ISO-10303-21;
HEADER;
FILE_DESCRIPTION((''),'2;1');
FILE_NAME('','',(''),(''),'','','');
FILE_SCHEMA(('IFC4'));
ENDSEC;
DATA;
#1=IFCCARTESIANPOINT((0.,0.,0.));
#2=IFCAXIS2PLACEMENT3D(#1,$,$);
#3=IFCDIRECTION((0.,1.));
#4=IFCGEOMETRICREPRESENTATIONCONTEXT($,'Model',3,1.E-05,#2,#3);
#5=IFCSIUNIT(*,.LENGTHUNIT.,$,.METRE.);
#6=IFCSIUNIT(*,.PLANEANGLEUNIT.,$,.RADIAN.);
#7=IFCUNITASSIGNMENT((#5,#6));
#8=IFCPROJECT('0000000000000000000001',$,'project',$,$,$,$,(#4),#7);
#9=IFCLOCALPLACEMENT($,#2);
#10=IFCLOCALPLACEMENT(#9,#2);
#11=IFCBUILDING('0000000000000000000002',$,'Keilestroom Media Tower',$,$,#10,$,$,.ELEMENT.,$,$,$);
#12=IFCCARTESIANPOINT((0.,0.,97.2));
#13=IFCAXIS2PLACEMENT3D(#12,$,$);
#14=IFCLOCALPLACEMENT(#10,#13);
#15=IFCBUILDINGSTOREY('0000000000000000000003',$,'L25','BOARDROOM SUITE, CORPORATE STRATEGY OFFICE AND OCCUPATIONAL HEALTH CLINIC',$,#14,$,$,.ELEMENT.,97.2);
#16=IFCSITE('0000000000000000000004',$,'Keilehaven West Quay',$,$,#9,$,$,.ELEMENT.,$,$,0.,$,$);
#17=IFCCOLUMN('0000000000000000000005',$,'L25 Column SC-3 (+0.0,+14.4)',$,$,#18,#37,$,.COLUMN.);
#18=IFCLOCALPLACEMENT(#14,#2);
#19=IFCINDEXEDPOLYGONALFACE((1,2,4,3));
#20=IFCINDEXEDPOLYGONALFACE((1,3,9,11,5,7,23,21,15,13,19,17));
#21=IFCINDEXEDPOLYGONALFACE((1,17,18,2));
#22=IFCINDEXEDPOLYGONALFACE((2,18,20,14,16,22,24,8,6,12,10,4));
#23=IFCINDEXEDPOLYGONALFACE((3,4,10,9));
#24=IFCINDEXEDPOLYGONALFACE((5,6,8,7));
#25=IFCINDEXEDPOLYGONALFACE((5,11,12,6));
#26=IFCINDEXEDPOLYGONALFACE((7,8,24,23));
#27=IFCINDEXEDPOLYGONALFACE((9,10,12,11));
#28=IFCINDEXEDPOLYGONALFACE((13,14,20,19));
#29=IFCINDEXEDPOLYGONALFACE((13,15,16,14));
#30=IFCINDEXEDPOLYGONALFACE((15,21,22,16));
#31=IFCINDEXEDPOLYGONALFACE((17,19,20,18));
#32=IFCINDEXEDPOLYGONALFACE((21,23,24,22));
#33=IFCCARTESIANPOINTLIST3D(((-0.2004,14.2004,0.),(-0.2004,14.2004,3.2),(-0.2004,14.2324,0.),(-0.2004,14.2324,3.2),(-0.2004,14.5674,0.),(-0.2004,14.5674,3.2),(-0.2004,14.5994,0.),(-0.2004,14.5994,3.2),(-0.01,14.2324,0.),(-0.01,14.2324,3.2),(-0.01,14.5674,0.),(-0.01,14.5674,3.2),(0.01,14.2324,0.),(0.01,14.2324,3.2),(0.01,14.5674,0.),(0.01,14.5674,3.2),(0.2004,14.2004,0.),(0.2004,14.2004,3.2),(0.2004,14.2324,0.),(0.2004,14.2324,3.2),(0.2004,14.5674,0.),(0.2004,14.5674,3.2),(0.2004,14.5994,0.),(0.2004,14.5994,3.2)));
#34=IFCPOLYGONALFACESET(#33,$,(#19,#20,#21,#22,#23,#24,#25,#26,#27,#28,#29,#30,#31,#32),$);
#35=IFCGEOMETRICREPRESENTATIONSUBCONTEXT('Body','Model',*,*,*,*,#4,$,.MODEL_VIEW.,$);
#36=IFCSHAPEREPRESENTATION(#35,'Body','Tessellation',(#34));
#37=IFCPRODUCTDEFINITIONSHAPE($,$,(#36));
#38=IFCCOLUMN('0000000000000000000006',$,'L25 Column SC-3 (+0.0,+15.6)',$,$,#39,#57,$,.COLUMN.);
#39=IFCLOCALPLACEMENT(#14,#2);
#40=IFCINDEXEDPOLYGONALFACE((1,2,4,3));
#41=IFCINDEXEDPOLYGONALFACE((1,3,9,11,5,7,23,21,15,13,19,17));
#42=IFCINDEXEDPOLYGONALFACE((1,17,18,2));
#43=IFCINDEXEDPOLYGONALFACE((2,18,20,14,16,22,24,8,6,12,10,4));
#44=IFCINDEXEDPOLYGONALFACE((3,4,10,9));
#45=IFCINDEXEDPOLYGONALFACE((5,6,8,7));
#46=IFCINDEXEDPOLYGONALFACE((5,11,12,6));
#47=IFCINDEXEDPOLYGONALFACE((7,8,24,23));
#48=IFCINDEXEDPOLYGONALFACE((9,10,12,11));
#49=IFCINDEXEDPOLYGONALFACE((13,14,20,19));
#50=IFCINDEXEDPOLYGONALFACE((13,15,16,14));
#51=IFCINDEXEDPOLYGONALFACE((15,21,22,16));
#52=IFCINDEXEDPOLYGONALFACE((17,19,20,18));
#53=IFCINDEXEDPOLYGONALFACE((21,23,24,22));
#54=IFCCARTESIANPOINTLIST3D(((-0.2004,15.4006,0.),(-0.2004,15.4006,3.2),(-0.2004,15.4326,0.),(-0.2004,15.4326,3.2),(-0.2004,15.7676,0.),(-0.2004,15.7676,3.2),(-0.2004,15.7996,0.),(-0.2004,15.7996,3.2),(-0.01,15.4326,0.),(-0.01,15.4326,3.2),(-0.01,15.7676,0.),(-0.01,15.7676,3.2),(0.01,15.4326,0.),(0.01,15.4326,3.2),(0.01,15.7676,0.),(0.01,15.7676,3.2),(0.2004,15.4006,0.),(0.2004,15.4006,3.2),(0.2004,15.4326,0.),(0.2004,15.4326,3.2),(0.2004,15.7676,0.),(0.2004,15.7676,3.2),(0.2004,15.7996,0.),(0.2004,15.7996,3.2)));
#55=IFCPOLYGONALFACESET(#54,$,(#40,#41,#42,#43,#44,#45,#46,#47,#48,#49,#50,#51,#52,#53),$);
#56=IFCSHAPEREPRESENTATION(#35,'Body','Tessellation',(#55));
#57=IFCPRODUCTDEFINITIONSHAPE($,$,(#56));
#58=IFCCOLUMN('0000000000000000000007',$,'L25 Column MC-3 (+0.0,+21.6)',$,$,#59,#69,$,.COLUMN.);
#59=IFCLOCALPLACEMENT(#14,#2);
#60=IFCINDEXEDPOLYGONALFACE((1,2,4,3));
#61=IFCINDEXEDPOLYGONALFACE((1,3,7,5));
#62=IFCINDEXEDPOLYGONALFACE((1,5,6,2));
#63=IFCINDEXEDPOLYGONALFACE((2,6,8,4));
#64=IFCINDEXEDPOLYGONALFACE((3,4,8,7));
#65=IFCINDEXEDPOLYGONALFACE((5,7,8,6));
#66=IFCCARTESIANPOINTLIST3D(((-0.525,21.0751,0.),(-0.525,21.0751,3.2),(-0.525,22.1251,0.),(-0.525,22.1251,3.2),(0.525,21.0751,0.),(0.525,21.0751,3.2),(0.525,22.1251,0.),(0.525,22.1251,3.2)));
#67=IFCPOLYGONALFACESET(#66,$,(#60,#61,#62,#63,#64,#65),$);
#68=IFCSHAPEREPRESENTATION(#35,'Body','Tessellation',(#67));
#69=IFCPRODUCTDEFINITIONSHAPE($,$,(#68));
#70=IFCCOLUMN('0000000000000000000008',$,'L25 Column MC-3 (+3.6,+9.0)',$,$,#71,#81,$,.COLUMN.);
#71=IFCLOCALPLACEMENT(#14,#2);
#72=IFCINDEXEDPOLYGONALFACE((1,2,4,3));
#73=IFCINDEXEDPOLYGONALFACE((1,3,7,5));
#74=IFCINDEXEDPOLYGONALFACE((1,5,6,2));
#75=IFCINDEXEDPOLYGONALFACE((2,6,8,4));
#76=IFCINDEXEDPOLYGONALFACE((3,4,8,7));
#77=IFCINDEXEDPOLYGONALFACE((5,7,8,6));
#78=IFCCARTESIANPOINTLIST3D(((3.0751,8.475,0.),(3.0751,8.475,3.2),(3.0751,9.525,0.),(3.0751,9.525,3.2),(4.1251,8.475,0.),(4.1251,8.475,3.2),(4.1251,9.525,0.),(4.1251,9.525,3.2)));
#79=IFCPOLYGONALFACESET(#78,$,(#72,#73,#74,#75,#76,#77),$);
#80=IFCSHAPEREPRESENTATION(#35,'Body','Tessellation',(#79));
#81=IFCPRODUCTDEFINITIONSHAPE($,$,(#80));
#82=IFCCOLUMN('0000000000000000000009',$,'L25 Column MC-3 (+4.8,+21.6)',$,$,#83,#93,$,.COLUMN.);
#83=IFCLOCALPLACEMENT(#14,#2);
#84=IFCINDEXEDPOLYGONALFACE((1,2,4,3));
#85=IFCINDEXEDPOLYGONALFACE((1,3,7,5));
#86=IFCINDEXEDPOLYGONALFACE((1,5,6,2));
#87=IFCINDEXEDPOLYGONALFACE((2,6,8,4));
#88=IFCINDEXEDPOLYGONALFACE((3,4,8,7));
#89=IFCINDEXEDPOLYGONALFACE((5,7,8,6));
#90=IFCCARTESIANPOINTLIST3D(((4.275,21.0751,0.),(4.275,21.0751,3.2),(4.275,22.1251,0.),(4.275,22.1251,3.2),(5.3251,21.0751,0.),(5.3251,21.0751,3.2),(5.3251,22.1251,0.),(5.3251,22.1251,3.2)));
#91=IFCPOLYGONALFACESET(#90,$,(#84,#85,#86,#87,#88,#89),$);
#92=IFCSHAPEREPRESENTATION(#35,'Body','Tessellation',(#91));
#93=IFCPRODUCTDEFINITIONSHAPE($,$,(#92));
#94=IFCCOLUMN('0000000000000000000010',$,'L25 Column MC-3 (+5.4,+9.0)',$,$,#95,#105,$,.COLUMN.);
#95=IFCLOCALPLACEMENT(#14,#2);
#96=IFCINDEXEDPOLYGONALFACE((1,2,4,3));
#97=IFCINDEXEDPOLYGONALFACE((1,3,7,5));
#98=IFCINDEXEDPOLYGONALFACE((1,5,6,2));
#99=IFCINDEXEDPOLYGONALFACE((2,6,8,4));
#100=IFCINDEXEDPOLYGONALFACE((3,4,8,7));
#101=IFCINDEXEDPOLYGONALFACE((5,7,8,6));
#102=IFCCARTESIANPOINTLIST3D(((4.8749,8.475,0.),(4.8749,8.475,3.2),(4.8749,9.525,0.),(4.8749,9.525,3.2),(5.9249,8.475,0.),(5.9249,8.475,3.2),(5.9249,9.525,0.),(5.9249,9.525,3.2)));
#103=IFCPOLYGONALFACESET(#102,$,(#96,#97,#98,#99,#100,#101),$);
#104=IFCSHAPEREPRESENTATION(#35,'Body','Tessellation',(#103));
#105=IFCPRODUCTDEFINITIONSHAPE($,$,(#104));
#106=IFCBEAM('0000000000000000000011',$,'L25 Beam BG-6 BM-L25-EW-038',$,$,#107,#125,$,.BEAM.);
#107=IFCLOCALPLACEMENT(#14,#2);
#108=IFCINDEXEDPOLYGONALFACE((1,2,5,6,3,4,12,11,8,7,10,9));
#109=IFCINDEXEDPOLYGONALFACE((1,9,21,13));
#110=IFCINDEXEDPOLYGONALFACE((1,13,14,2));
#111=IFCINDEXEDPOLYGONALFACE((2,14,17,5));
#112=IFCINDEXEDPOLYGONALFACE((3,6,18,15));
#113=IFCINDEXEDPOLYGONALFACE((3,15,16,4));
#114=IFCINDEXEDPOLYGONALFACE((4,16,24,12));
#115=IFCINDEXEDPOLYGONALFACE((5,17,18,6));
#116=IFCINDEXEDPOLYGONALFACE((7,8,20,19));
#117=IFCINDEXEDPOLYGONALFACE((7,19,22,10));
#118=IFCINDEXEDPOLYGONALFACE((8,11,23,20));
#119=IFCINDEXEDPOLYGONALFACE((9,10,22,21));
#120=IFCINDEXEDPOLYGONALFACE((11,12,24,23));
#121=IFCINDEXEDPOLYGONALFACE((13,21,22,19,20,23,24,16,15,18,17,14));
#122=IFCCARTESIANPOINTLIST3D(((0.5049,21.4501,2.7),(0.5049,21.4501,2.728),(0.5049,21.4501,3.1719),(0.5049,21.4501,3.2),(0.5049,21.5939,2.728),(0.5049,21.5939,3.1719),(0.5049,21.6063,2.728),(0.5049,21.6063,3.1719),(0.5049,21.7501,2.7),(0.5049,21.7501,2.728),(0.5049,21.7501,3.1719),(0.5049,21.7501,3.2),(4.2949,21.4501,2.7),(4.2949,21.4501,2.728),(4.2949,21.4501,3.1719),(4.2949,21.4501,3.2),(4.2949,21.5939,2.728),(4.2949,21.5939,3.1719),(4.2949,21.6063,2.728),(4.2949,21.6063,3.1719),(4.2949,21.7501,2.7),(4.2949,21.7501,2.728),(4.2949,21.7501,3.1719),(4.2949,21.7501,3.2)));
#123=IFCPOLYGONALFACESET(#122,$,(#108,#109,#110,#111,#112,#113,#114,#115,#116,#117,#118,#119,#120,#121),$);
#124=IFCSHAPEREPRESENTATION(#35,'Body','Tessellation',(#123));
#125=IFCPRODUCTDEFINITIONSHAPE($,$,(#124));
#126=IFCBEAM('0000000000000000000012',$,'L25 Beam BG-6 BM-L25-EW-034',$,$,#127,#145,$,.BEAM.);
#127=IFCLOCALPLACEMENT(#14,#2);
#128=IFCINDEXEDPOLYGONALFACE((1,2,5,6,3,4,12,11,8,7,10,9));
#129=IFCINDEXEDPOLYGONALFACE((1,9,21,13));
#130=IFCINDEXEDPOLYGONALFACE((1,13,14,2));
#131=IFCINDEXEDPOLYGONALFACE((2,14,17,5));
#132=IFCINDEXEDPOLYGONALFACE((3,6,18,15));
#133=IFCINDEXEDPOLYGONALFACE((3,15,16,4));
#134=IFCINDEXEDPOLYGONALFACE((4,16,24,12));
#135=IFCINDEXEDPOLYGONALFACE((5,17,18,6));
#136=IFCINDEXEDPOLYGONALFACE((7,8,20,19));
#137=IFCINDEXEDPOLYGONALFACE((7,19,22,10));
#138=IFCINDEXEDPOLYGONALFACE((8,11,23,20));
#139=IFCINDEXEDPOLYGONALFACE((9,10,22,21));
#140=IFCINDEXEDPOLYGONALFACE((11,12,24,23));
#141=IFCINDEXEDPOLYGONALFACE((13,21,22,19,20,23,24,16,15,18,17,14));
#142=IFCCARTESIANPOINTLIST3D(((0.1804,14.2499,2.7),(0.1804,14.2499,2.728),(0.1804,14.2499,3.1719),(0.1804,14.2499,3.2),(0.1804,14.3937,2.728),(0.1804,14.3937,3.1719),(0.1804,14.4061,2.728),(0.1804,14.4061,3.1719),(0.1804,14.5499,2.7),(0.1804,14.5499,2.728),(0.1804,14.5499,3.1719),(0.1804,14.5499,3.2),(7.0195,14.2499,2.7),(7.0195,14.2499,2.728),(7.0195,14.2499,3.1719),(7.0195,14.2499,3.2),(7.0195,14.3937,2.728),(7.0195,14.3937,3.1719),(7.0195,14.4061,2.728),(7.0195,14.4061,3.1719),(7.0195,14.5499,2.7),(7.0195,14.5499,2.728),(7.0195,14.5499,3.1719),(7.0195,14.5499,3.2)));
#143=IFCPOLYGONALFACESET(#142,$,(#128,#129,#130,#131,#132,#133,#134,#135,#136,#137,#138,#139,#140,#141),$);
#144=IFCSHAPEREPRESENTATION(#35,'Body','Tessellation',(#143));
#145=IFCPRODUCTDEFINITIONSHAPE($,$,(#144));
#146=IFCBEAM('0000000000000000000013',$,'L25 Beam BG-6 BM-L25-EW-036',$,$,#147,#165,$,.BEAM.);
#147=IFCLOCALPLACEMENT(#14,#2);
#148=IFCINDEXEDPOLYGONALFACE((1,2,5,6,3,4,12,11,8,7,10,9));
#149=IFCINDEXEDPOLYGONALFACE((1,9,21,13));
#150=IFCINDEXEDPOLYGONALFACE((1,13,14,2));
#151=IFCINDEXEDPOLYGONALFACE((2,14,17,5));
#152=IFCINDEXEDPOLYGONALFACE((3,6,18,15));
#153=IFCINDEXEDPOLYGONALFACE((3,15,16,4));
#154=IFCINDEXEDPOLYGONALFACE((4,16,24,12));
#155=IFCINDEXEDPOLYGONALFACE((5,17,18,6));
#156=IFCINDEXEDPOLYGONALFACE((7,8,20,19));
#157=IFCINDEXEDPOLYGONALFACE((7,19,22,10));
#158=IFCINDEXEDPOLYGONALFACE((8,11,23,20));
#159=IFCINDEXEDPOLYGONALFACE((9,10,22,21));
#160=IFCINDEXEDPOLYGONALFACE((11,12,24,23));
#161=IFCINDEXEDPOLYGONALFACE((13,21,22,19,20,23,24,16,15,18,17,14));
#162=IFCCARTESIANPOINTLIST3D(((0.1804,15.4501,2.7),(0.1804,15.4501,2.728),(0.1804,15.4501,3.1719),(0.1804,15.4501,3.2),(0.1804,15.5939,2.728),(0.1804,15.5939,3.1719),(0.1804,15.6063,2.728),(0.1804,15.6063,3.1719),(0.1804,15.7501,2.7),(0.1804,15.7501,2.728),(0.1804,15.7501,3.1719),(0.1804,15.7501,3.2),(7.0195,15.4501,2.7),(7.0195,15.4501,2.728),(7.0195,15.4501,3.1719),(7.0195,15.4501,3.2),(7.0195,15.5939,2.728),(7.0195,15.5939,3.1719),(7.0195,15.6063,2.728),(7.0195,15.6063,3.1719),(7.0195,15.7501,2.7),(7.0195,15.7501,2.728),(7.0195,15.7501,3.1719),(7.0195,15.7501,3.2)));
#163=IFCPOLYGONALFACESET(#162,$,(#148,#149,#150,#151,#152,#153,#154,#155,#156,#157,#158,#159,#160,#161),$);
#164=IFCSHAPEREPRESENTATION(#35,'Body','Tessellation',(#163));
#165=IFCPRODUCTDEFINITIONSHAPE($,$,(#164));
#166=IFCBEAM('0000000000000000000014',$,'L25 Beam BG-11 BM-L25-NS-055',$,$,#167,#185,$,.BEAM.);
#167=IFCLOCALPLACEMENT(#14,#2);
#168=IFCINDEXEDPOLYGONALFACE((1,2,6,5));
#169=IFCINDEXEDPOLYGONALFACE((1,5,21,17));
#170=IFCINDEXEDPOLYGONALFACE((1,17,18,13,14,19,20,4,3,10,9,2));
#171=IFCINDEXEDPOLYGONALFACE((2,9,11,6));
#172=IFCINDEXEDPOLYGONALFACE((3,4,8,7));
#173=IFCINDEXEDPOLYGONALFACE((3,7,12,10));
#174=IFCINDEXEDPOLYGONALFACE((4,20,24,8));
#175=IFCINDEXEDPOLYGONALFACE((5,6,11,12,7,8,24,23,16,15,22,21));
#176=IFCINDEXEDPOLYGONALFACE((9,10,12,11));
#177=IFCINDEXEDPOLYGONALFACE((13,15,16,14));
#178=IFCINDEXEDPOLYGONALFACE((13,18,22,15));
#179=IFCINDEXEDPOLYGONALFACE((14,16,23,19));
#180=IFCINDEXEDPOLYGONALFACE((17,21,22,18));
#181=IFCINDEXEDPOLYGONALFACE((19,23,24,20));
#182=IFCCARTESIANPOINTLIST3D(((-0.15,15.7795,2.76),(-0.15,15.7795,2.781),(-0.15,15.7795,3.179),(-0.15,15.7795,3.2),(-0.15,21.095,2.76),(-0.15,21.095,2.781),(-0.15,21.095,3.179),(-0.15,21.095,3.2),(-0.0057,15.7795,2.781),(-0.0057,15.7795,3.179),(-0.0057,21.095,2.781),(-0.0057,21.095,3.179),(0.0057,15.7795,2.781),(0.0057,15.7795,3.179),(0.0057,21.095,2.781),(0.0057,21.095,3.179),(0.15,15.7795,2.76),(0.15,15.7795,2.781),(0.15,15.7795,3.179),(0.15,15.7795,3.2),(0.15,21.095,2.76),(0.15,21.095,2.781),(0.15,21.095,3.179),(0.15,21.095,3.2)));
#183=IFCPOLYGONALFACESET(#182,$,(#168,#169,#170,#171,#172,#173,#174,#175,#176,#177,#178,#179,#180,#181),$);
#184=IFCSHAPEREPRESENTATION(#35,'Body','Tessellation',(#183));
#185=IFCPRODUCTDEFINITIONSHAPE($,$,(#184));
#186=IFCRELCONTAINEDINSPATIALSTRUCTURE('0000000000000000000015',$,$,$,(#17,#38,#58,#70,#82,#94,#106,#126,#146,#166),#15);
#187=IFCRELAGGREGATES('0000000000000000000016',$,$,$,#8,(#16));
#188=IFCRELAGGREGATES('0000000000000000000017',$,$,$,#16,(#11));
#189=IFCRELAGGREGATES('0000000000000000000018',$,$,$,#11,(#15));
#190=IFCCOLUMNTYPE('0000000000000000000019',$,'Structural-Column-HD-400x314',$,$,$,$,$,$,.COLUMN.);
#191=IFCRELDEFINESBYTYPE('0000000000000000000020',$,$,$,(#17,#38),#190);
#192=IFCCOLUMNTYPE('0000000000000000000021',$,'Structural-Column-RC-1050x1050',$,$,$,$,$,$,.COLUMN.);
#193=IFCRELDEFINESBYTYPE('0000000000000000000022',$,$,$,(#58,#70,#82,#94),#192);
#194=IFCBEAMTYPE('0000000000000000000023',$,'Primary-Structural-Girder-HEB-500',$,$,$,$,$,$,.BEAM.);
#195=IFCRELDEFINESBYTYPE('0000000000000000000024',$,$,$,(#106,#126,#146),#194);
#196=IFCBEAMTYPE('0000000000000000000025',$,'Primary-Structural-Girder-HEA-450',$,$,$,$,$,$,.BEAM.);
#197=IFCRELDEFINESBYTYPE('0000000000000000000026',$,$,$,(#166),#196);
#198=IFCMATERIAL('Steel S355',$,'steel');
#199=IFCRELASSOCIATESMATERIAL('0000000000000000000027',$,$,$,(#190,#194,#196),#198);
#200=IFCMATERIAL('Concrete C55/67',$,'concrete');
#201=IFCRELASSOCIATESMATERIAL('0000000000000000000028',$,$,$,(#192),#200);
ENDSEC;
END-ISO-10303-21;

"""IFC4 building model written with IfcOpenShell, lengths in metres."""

from ifc_helpers import new_model, si_unit, direction, frame, origin, origin_2d, place, context, subcontext, project, spatial, rectangle, i_section, extrude, source, transform, mapped, material, material_profile, profile_set, type_object, element, save


model = new_model("IFC4")

# Units and contexts
model_context = context("Model", 3, precision=1e-05, world=origin(), true_north=direction((0.0, 1.0)))
body_context = subcontext(model_context, "Body", "Model", "MODEL_VIEW")
ifc_project = project(units=[si_unit("LENGTHUNIT", "METRE"), si_unit("PLANEANGLEUNIT", "RADIAN")], contexts=[model_context])

# Site, building, storey
site_placement = place(None, origin())
site = spatial("IfcSite", under=ifc_project, at=site_placement, Name="Keilehaven West Quay", CompositionType="ELEMENT", RefElevation=0.0)
building_placement = place(site_placement, origin())
building = spatial("IfcBuilding", under=site, at=building_placement, Name="Keilestroom Media Tower", CompositionType="ELEMENT")
storey_placement = place(building_placement, frame((0.0, 0.0, 97.2)))
storey = spatial("IfcBuildingStorey", under=building, at=storey_placement, Name="L25", Description="BOARDROOM SUITE, CORPORATE STRATEGY OFFICE AND OCCUPATIONAL HEALTH CLINIC", CompositionType="ELEMENT", Elevation=97.2)

# Columns
ifc_material_1 = material(Name="Steel S355", Category="steel")
ifc_material_profile_1 = material_profile(ifc_material_1, i_section(OverallWidth=0.4009, OverallDepth=0.3989, WebThickness=0.02, FlangeThickness=0.032, at=origin_2d()), Name="HD 400x314")
ifc_profile_set_1 = profile_set([ifc_material_profile_1], Name="Steel S355")
column_type_1 = type_object("IfcColumnType", Name="Structural-Column-HD-400x314", PredefinedType="COLUMN", material=ifc_profile_set_1)
shared_shape_1 = source(origin(), body_context, "Body", "SweptSolid", [
    extrude(i_section(OverallWidth=0.4009, OverallDepth=0.3989, WebThickness=0.02, FlangeThickness=0.032, at=origin_2d()), origin(), (0.0, 0.0, 1.0), 3.2),
])
for number, where, z_axis, x_axis, name in (
    (1, (0.0, 14.3999, 0.0), (0.0, 0.0, 1.0), (1.0, 0.0, 0.0), "L25 Column SC-3 (+0.0,+14.4)"),
    (2, (0.0, 15.6001, 0.0), (0.0, 0.0, 1.0), (1.0, 0.0, 0.0), "L25 Column SC-3 (+0.0,+15.6)"),
):
    element("IfcColumn", number, at=place(storey_placement, frame(where, z_axis=z_axis, x_axis=x_axis)), inside=storey, type_object=column_type_1, Name=name, PredefinedType="COLUMN", context=body_context, shape_type="MappedRepresentation", body=[
        mapped(shared_shape_1, transform((0.0, 0.0, 0.0), x_axis=(1.0, 0.0, 0.0), y_axis=(0.0, 1.0, 0.0), z_axis=(0.0, 0.0, 1.0), scale=1.0)),
    ])
ifc_material_2 = material(Name="Concrete C55/67", Category="concrete")
ifc_material_profile_2 = material_profile(ifc_material_2, rectangle(XDim=1.05, YDim=1.05, at=origin_2d()), Name="RC 1050x1050")
ifc_profile_set_2 = profile_set([ifc_material_profile_2], Name="Concrete C55/67")
column_type_2 = type_object("IfcColumnType", Name="Structural-Column-RC-1050x1050", PredefinedType="COLUMN", material=ifc_profile_set_2)
shared_shape_2 = source(origin(), body_context, "Body", "SweptSolid", [
    extrude(rectangle(XDim=1.05, YDim=1.05, at=origin_2d()), origin(), (0.0, 0.0, 1.0), 3.2),
])
for number, where, z_axis, x_axis, name in (
    (3, (0.0, 21.6001, 0.0), (0.0, 0.0, 1.0), (1.0, 0.0, 0.0), "L25 Column MC-3 (+0.0,+21.6)"),
    (4, (3.6001, 9.0, 0.0), (0.0, 0.0, 1.0), (1.0, 0.0, 0.0), "L25 Column MC-3 (+3.6,+9.0)"),
    (5, (4.8, 21.6001, 0.0), (0.0, 0.0, 1.0), (1.0, 0.0, 0.0), "L25 Column MC-3 (+4.8,+21.6)"),
    (6, (5.3999, 9.0, 0.0), (0.0, 0.0, 1.0), (1.0, 0.0, 0.0), "L25 Column MC-3 (+5.4,+9.0)"),
):
    element("IfcColumn", number, at=place(storey_placement, frame(where, z_axis=z_axis, x_axis=x_axis)), inside=storey, type_object=column_type_2, Name=name, PredefinedType="COLUMN", context=body_context, shape_type="MappedRepresentation", body=[
        mapped(shared_shape_2, transform((0.0, 0.0, 0.0), x_axis=(1.0, 0.0, 0.0), y_axis=(0.0, 1.0, 0.0), z_axis=(0.0, 0.0, 1.0), scale=1.0)),
    ])

# Beams
ifc_material_profile_3 = material_profile(ifc_material_1, i_section(OverallWidth=0.3, OverallDepth=0.5, WebThickness=0.0125, FlangeThickness=0.0281, at=origin_2d()), Name="HEB 500")
ifc_profile_set_3 = profile_set([ifc_material_profile_3], Name="Steel S355")
beam_type_1 = type_object("IfcBeamType", Name="Primary-Structural-Girder-HEB-500", PredefinedType="BEAM", material=ifc_profile_set_3)
shared_shape_3 = source(origin(), body_context, "Body", "SweptSolid", [
    extrude(i_section(OverallWidth=0.3, OverallDepth=0.5, WebThickness=0.0125, FlangeThickness=0.0281, at=origin_2d()), origin(), (0.0, 0.0, 1.0), 3.79),
])
beam_1_placement = place(storey_placement, frame((0.5049, 21.6001, 2.95), z_axis=(1.0, 0.0, 0.0), x_axis=(0.0, 1.0, 0.0)))
element("IfcBeam", 7, at=beam_1_placement, inside=storey, type_object=beam_type_1, Name="L25 Beam BG-6 BM-L25-EW-038", PredefinedType="BEAM", context=body_context, shape_type="MappedRepresentation", body=[
    mapped(shared_shape_3, transform((0.0, 0.0, 0.0), x_axis=(1.0, 0.0, 0.0), y_axis=(0.0, 1.0, 0.0), z_axis=(0.0, 0.0, 1.0), scale=1.0)),
])
shared_shape_4 = source(origin(), body_context, "Body", "SweptSolid", [
    extrude(i_section(OverallWidth=0.3, OverallDepth=0.5, WebThickness=0.0125, FlangeThickness=0.0281, at=origin_2d()), origin(), (0.0, 0.0, 1.0), 6.8391),
])
for number, where, z_axis, x_axis, name in (
    (8, (0.1804, 14.3999, 2.95), (1.0, 0.0, 0.0), (0.0, 1.0, 0.0), "L25 Beam BG-6 BM-L25-EW-034"),
    (9, (0.1804, 15.6001, 2.95), (1.0, 0.0, 0.0), (0.0, 1.0, 0.0), "L25 Beam BG-6 BM-L25-EW-036"),
):
    element("IfcBeam", number, at=place(storey_placement, frame(where, z_axis=z_axis, x_axis=x_axis)), inside=storey, type_object=beam_type_1, Name=name, PredefinedType="BEAM", context=body_context, shape_type="MappedRepresentation", body=[
        mapped(shared_shape_4, transform((0.0, 0.0, 0.0), x_axis=(1.0, 0.0, 0.0), y_axis=(0.0, 1.0, 0.0), z_axis=(0.0, 0.0, 1.0), scale=1.0)),
    ])
ifc_material_profile_4 = material_profile(ifc_material_1, i_section(OverallWidth=0.3, OverallDepth=0.4399, WebThickness=0.0115, FlangeThickness=0.021, at=origin_2d()), Name="HEA 450")
ifc_profile_set_4 = profile_set([ifc_material_profile_4], Name="Steel S355")
beam_type_2 = type_object("IfcBeamType", Name="Primary-Structural-Girder-HEA-450", PredefinedType="BEAM", material=ifc_profile_set_4)
shared_shape_5 = source(origin(), body_context, "Body", "SweptSolid", [
    extrude(i_section(OverallWidth=0.3, OverallDepth=0.4399, WebThickness=0.0115, FlangeThickness=0.021, at=origin_2d()), origin(), (0.0, 0.0, 1.0), 5.3154),
])
beam_2_placement = place(storey_placement, frame((0.0, 15.7795, 2.98), z_axis=(0.0, 1.0, 0.0), x_axis=(-1.0, 0.0, 0.0)))
element("IfcBeam", 10, at=beam_2_placement, inside=storey, type_object=beam_type_2, Name="L25 Beam BG-11 BM-L25-NS-055", PredefinedType="BEAM", context=body_context, shape_type="MappedRepresentation", body=[
    mapped(shared_shape_5, transform((0.0, 0.0, 0.0), x_axis=(1.0, 0.0, 0.0), y_axis=(0.0, 1.0, 0.0), z_axis=(0.0, 0.0, 1.0), scale=1.0)),
])

save(model, "model.ifc")
